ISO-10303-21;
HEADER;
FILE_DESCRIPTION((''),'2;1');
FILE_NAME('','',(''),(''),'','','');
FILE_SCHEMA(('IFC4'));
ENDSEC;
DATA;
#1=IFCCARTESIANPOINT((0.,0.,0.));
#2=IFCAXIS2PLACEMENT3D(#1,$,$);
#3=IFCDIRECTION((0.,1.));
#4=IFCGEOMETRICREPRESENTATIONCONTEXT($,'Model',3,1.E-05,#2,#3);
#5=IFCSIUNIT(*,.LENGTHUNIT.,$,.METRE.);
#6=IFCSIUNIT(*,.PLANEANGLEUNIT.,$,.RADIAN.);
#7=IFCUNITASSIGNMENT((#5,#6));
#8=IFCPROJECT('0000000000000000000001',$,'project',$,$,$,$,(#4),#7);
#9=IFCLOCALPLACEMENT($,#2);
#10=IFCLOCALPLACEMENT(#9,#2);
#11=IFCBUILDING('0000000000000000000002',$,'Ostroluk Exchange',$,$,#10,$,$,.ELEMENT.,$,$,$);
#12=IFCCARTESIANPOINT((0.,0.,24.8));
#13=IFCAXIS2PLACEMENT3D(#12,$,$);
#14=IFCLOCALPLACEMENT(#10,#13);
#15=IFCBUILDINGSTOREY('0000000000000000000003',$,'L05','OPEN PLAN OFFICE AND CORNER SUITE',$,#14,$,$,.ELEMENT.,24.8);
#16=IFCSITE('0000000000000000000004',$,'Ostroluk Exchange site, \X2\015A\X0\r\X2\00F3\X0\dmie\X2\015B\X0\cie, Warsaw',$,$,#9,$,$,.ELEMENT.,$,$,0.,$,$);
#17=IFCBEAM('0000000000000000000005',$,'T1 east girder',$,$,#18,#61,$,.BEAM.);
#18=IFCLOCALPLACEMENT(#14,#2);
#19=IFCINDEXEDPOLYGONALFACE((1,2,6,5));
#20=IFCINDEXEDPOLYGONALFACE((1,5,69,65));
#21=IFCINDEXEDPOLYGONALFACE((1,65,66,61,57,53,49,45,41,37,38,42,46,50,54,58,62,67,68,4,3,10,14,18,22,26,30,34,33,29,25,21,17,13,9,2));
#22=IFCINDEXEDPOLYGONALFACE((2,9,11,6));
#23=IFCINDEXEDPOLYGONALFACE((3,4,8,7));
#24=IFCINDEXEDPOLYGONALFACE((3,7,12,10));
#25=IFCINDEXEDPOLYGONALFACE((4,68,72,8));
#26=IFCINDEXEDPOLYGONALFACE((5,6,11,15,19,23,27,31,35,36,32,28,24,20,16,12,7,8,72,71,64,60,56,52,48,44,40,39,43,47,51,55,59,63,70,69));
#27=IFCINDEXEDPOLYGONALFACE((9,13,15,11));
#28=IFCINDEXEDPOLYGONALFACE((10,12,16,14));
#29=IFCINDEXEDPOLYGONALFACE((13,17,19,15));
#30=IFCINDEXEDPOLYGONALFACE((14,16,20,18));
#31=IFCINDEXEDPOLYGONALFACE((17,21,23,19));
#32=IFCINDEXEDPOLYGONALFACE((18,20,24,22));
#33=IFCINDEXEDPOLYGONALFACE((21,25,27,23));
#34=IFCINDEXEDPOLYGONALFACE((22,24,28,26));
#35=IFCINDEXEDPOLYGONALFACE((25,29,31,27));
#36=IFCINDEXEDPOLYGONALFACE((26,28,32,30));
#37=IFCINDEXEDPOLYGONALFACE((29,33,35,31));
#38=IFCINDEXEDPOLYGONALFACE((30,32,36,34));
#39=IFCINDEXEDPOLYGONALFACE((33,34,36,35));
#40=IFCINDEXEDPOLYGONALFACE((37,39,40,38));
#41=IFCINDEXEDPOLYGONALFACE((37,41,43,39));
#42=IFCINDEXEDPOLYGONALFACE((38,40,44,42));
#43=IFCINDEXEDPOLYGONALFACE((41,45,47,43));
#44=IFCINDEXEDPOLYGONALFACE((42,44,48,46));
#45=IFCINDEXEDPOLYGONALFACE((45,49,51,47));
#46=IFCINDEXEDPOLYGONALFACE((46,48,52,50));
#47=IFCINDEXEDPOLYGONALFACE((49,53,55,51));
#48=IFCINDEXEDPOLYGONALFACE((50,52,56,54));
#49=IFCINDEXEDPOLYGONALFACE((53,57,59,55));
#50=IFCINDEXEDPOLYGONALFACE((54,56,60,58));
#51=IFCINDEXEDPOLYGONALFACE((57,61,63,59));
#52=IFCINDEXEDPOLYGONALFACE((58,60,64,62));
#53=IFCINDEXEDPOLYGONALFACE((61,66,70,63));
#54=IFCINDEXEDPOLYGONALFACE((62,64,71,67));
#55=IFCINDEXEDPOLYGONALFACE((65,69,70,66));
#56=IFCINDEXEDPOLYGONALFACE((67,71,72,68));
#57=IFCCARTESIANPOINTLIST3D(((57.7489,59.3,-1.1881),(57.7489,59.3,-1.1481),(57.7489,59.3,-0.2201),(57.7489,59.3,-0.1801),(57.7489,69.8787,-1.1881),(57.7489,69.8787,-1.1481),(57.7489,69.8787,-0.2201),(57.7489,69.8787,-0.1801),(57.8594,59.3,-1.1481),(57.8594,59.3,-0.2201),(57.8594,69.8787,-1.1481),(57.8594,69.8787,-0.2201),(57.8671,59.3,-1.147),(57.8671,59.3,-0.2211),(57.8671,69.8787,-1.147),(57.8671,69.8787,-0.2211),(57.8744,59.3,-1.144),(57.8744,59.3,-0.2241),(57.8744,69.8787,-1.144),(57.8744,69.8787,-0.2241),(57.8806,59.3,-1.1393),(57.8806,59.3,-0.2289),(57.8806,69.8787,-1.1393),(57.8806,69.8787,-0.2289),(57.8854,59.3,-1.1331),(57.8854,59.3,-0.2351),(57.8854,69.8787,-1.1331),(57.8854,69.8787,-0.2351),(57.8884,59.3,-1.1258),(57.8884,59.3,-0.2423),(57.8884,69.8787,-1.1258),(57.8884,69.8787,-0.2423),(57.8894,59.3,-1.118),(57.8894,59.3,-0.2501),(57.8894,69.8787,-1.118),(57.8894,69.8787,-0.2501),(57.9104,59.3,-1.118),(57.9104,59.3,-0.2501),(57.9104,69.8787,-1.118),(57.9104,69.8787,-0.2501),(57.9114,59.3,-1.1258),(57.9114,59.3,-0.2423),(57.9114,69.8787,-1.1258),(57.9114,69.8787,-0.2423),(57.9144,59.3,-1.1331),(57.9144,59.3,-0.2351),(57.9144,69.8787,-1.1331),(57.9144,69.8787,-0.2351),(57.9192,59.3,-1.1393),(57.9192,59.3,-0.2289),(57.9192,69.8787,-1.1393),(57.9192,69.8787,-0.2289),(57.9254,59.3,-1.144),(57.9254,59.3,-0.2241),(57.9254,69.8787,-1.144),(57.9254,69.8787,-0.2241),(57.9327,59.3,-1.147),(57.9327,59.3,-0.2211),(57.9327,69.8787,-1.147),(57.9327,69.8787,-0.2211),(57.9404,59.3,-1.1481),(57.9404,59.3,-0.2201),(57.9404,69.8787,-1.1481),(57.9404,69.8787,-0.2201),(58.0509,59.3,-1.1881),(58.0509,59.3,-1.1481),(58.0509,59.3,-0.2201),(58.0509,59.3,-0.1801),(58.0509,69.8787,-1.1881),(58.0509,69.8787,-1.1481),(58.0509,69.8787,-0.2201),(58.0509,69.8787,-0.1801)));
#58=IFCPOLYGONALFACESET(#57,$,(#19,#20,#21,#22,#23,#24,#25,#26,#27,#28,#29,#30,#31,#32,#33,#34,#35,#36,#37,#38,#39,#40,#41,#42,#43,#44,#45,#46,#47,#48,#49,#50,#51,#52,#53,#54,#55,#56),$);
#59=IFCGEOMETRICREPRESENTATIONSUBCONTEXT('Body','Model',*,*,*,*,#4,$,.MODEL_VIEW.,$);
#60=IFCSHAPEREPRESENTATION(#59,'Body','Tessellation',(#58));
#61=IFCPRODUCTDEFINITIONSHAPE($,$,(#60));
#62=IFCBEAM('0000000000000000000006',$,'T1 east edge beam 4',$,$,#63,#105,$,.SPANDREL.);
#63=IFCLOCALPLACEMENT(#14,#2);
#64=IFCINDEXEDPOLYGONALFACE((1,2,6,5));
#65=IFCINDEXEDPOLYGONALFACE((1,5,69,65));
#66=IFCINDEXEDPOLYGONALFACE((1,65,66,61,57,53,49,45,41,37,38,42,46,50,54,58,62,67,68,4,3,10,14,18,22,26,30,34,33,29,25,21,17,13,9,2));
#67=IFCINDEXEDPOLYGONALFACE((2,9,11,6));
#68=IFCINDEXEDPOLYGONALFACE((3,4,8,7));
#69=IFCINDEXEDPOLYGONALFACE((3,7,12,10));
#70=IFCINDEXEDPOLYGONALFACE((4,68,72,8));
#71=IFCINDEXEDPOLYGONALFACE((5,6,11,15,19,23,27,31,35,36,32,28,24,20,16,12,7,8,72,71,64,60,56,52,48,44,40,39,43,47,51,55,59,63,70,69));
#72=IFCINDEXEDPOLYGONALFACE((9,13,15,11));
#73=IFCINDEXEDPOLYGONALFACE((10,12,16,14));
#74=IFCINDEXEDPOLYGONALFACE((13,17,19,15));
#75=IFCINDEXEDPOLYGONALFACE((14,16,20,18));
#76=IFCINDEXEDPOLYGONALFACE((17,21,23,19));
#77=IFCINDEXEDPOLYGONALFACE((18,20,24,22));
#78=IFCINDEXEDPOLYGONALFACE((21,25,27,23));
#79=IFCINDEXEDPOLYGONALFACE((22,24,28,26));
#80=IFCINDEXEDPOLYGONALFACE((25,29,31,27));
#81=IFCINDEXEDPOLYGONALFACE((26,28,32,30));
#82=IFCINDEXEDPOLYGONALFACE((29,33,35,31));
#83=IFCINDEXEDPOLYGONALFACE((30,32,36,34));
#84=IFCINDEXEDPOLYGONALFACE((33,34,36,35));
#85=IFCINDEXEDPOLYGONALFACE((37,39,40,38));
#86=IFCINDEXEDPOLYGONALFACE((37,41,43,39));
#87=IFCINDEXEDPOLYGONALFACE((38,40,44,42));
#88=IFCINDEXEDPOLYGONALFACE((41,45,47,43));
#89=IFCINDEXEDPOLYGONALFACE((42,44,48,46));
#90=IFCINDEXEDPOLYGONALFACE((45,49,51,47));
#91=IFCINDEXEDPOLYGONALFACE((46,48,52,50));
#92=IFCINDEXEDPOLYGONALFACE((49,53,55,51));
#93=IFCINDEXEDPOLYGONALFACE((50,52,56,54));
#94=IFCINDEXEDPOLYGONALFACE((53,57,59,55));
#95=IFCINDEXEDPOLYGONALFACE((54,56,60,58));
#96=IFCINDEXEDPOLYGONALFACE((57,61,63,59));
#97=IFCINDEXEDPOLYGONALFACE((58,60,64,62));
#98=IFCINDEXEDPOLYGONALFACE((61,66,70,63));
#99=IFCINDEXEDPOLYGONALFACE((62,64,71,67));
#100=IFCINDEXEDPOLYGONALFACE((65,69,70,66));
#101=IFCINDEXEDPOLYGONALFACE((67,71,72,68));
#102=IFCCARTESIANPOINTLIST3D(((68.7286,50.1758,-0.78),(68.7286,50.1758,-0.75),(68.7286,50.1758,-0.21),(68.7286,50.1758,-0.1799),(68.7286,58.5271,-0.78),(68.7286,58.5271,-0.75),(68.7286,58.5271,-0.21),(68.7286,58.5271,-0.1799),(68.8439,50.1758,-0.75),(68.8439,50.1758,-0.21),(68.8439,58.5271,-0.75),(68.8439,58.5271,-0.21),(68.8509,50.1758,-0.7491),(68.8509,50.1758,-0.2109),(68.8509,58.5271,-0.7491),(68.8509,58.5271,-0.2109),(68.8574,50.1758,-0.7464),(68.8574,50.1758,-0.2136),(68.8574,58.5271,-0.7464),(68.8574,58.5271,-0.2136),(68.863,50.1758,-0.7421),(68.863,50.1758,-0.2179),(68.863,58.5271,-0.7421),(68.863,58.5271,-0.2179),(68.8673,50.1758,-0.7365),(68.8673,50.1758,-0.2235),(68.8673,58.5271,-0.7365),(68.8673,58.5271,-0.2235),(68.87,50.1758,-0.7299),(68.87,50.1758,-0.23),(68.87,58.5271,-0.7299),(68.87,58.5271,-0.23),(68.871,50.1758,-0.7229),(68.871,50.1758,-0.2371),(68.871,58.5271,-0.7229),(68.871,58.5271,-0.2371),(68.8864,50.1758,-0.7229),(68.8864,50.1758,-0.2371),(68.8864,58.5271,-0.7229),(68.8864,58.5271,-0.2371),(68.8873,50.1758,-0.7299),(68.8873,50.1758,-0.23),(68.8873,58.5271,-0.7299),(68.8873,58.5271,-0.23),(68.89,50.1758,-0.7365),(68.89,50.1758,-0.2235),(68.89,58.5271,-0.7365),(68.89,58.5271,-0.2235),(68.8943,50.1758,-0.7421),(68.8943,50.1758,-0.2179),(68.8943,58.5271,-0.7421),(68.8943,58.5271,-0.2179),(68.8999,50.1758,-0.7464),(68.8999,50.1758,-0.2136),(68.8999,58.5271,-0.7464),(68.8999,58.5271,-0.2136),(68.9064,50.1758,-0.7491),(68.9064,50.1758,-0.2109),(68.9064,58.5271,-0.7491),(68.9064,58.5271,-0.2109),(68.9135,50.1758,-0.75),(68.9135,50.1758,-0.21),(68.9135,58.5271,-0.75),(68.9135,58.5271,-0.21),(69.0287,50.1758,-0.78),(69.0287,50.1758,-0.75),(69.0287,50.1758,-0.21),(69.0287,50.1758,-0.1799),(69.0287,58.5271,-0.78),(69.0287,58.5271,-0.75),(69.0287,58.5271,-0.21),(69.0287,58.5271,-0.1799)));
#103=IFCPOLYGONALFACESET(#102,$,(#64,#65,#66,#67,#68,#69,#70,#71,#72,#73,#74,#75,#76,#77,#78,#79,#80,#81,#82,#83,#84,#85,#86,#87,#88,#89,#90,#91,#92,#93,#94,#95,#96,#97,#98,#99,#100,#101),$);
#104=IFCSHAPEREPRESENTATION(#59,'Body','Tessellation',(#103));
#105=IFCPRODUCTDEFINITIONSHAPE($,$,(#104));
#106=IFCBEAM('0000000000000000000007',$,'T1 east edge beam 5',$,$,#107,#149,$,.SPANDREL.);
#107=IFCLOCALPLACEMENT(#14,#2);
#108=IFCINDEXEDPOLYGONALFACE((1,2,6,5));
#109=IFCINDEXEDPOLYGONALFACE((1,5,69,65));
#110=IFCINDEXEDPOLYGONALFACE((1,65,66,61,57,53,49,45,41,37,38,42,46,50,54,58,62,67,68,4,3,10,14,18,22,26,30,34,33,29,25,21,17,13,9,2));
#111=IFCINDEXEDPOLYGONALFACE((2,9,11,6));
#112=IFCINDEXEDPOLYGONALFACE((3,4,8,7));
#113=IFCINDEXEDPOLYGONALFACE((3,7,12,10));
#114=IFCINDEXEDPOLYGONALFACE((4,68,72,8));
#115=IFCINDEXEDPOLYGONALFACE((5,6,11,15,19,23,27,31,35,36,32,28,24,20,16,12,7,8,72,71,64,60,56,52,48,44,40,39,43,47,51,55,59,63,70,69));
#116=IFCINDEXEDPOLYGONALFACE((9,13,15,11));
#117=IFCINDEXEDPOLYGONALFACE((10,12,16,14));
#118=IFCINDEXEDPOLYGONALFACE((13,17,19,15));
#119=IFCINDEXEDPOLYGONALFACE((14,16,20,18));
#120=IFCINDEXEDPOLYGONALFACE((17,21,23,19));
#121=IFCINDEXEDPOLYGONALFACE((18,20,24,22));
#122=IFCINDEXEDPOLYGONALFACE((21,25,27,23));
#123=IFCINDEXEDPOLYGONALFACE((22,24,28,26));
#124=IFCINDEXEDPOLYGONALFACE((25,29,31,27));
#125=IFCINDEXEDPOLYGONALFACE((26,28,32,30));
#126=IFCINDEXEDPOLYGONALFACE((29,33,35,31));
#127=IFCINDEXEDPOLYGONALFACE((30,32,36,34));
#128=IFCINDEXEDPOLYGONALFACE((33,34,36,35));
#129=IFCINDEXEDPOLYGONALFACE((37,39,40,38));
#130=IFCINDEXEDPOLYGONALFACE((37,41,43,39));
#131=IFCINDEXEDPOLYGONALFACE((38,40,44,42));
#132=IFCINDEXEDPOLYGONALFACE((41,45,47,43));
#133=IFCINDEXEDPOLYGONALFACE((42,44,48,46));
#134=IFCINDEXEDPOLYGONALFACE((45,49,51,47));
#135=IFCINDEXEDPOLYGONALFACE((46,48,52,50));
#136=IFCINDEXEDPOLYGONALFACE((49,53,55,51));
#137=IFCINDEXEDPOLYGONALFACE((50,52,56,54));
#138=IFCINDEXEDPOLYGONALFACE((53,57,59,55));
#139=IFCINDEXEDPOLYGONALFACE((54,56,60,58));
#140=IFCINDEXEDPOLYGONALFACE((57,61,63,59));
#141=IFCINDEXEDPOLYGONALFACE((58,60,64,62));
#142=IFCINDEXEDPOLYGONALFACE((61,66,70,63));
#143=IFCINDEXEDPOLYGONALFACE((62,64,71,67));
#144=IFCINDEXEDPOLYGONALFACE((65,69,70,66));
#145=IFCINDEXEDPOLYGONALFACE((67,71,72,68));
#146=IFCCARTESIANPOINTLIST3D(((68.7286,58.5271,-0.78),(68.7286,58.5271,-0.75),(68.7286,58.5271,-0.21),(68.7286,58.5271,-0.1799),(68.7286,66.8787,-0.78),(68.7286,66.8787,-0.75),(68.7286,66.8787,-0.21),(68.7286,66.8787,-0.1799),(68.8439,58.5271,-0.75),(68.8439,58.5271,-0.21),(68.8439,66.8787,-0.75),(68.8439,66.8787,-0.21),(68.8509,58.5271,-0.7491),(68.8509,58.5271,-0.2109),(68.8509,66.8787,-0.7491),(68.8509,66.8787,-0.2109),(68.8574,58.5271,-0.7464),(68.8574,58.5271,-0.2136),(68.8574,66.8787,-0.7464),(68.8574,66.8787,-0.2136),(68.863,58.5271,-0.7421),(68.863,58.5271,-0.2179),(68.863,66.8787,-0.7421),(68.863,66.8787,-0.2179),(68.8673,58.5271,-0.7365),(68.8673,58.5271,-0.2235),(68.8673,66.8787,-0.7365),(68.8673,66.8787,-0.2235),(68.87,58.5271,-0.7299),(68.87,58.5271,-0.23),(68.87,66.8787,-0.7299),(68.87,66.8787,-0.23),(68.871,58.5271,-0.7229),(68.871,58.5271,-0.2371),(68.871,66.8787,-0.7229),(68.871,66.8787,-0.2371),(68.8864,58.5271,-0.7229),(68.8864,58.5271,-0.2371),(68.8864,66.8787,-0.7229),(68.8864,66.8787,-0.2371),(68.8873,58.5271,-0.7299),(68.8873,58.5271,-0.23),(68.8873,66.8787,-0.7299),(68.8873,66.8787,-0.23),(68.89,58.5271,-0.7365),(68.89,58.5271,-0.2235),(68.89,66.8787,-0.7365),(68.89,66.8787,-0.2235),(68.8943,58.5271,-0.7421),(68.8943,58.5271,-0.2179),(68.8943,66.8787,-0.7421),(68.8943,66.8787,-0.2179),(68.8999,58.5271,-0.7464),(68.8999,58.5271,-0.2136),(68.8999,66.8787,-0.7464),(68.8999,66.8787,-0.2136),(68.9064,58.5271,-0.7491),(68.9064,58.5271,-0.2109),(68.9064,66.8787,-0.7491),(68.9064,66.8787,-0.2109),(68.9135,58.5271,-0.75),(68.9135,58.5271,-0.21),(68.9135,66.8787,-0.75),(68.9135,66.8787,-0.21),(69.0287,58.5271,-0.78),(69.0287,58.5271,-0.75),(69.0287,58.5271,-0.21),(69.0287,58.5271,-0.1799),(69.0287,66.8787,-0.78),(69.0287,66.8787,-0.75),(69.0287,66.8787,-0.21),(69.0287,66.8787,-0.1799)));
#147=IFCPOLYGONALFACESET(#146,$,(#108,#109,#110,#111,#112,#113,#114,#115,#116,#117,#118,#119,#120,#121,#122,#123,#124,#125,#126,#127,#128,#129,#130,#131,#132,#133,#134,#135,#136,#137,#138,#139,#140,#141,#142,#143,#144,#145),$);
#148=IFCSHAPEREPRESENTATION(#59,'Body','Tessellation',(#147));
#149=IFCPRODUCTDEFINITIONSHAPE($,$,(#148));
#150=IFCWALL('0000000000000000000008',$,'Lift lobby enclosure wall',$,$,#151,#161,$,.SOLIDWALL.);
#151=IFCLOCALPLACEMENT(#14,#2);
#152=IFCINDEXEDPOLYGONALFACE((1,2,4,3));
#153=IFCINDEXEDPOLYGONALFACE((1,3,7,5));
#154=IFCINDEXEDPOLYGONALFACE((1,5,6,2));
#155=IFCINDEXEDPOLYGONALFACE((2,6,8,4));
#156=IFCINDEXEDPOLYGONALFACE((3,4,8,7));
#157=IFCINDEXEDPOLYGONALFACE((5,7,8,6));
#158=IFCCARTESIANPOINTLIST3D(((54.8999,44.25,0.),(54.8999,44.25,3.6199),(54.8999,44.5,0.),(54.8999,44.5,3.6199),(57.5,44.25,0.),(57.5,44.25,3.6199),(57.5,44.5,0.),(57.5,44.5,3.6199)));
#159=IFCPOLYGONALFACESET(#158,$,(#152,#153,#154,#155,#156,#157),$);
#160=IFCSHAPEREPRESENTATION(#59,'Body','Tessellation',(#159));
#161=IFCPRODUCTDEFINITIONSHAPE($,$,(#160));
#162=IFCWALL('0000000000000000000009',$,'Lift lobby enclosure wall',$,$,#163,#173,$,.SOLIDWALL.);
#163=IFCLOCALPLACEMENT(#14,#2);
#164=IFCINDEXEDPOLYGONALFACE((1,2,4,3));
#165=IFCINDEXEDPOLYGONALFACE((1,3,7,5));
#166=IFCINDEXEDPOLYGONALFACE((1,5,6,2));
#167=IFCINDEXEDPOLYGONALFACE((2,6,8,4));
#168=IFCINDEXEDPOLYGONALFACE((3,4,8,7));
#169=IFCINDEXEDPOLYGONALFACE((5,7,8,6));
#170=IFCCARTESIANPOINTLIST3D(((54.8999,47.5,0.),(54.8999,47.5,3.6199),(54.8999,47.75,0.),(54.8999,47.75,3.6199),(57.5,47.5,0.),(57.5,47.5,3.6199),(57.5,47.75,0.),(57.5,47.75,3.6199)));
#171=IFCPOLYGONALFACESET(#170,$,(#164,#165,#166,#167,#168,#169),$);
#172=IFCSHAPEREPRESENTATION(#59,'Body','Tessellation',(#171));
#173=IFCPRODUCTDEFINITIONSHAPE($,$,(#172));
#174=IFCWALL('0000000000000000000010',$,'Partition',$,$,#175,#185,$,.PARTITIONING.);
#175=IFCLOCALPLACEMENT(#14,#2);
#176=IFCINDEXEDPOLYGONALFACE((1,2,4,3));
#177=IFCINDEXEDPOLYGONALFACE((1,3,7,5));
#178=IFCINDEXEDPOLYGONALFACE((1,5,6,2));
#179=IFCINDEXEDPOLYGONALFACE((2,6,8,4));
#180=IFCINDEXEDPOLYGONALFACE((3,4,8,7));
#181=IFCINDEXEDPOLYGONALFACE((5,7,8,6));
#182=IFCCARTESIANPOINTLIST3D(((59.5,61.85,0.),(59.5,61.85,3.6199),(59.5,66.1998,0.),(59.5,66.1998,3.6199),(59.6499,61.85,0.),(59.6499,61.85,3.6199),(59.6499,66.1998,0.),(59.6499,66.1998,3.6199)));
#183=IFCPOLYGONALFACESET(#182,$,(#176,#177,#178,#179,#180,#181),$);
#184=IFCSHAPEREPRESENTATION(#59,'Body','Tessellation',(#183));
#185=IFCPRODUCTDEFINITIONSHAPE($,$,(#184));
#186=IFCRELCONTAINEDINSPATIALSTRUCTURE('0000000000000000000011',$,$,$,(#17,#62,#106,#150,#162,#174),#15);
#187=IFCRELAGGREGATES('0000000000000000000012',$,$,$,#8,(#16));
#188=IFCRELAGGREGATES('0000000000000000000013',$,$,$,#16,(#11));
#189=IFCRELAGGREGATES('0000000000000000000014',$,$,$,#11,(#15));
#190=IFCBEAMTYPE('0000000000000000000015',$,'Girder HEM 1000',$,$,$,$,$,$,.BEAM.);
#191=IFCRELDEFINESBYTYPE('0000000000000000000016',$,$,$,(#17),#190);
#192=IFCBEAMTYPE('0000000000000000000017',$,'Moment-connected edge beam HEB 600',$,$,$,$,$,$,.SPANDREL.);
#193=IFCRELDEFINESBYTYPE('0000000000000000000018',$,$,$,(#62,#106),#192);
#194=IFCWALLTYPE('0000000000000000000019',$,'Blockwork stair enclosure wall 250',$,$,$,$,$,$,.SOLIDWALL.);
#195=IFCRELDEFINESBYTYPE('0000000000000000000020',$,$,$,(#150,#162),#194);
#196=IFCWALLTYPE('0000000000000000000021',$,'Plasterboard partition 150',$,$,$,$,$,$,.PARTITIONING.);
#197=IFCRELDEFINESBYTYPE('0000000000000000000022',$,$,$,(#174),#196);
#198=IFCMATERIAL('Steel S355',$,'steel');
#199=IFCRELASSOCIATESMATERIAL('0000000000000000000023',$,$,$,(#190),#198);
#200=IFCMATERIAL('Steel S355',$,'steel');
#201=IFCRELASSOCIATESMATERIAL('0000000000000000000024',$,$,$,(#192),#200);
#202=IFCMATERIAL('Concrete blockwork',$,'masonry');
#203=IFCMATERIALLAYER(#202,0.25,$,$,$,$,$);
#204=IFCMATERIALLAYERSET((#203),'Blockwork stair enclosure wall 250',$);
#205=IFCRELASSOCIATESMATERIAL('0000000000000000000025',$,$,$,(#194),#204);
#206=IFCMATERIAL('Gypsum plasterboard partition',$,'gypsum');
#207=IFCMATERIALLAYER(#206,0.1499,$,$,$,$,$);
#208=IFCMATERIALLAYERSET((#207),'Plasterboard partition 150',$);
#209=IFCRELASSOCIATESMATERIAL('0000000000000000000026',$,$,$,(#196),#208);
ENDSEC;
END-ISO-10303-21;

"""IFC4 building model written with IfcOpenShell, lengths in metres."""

from ifc_helpers import new_model, si_unit, direction, frame, frame_2d, origin, origin_2d, place, context, subcontext, project, spatial, rectangle, i_section, extrude, material, layer, layer_set, material_profile, profile_set, type_object, element, save


model = new_model("IFC4")

# Units and contexts
model_context = context("Model", 3, precision=1e-05, world=origin(), true_north=direction((0.0, 1.0)))
body_context = subcontext(model_context, "Body", "Model", "MODEL_VIEW")
ifc_project = project(units=[si_unit("LENGTHUNIT", "METRE"), si_unit("PLANEANGLEUNIT", "RADIAN")], contexts=[model_context])

# Site, building, storey
site_placement = place(None, origin())
site = spatial("IfcSite", under=ifc_project, at=site_placement, Name="Ostroluk Exchange site, Śródmieście, Warsaw", CompositionType="ELEMENT", RefElevation=0.0)
building_placement = place(site_placement, origin())
building = spatial("IfcBuilding", under=site, at=building_placement, Name="Ostroluk Exchange", CompositionType="ELEMENT")
storey_placement = place(building_placement, frame((0.0, 0.0, 24.8)))
storey = spatial("IfcBuildingStorey", under=building, at=storey_placement, Name="L05", Description="OPEN PLAN OFFICE AND CORNER SUITE", CompositionType="ELEMENT", Elevation=24.8)

# Beams
ifc_material_1 = material(Name="Steel S355", Category="steel")
ifc_material_profile_1 = material_profile(ifc_material_1, i_section(OverallWidth=0.302, OverallDepth=1.0081, WebThickness=0.021, FlangeThickness=0.04, FilletRadius=0.03, at=origin_2d()), Name="HEM 1000")
ifc_profile_set_1 = profile_set([ifc_material_profile_1], Name="Steel S355")
beam_type_1 = type_object("IfcBeamType", Name="Girder HEM 1000", PredefinedType="BEAM", material=ifc_profile_set_1)
beam_1_placement = place(storey_placement, frame((57.8999, 59.3, -0.6841), z_axis=(0.0, 1.0, 0.0), x_axis=(-1.0, 0.0, 0.0)))
element("IfcBeam", 1, at=beam_1_placement, inside=storey, type_object=beam_type_1, Name="T1 east girder", PredefinedType="BEAM", context=body_context, shape_type="SweptSolid", body=[
    extrude(i_section(OverallWidth=0.302, OverallDepth=1.0081, WebThickness=0.021, FlangeThickness=0.04, FilletRadius=0.03, at=origin_2d()), origin(), (0.0, 0.0, 1.0), 10.5786),
])
ifc_material_2 = material(Name="Steel S355", Category="steel")
ifc_material_profile_2 = material_profile(ifc_material_2, i_section(OverallWidth=0.3, OverallDepth=0.6001, WebThickness=0.0154, FlangeThickness=0.03, FilletRadius=0.0271, at=origin_2d()), Name="HEB 600")
ifc_profile_set_2 = profile_set([ifc_material_profile_2], Name="Steel S355")
beam_type_2 = type_object("IfcBeamType", Name="Moment-connected edge beam HEB 600", PredefinedType="SPANDREL", material=ifc_profile_set_2)
beam_2_placement = place(storey_placement, frame((68.8787, 50.1758, -0.48), z_axis=(0.0, 1.0, 0.0), x_axis=(-1.0, 0.0, 0.0)))
element("IfcBeam", 2, at=beam_2_placement, inside=storey, type_object=beam_type_2, Name="T1 east edge beam 4", PredefinedType="SPANDREL", context=body_context, shape_type="SweptSolid", body=[
    extrude(i_section(OverallWidth=0.3, OverallDepth=0.6001, WebThickness=0.0154, FlangeThickness=0.03, FilletRadius=0.0271, at=origin_2d()), origin(), (0.0, 0.0, 1.0), 8.3513),
])
beam_3_placement = place(storey_placement, frame((68.8787, 58.5271, -0.48), z_axis=(0.0, 1.0, 0.0), x_axis=(-1.0, 0.0, 0.0)))
element("IfcBeam", 3, at=beam_3_placement, inside=storey, type_object=beam_type_2, Name="T1 east edge beam 5", PredefinedType="SPANDREL", context=body_context, shape_type="SweptSolid", body=[
    extrude(i_section(OverallWidth=0.3, OverallDepth=0.6001, WebThickness=0.0154, FlangeThickness=0.03, FilletRadius=0.0271, at=origin_2d()), origin(), (0.0, 0.0, 1.0), 8.3516),
])

# Walls
ifc_material_3 = material(Name="Concrete blockwork", Category="masonry")
ifc_layer_1 = layer(ifc_material_3, 0.25)
ifc_layer_set_1 = layer_set([ifc_layer_1], Name="Blockwork stair enclosure wall 250")
wall_type_1 = type_object("IfcWallType", Name="Blockwork stair enclosure wall 250", PredefinedType="SOLIDWALL", material=ifc_layer_set_1)
for number, where, z_axis, x_axis, name in (
    (4, (54.8999, 44.375, 0.0), (0.0, 0.0, 1.0), (1.0, 0.0, 0.0), "Lift lobby enclosure wall"),
    (5, (54.8999, 47.625, 0.0), (0.0, 0.0, 1.0), (1.0, 0.0, 0.0), "Lift lobby enclosure wall"),
):
    element("IfcWall", number, at=place(storey_placement, frame(where, z_axis=z_axis, x_axis=x_axis)), inside=storey, type_object=wall_type_1, Name=name, PredefinedType="SOLIDWALL", context=body_context, shape_type="SweptSolid", body=[
        extrude(rectangle(XDim=2.6001, YDim=0.25, at=frame_2d((1.3, 0.0))), origin(), (0.0, 0.0, 1.0), 3.6199),
    ])
ifc_material_4 = material(Name="Gypsum plasterboard partition", Category="gypsum")
ifc_layer_2 = layer(ifc_material_4, 0.1499)
ifc_layer_set_2 = layer_set([ifc_layer_2], Name="Plasterboard partition 150")
wall_type_2 = type_object("IfcWallType", Name="Plasterboard partition 150", PredefinedType="PARTITIONING", material=ifc_layer_set_2)
wall_1_placement = place(storey_placement, frame((59.575, 61.8501, 0.0), z_axis=(0.0, 0.0, 1.0), x_axis=(0.0, 1.0, 0.0)))
element("IfcWall", 6, at=wall_1_placement, inside=storey, type_object=wall_type_2, Name="Partition", PredefinedType="PARTITIONING", context=body_context, shape_type="SweptSolid", body=[
    extrude(rectangle(XDim=4.3499, YDim=0.1499, at=frame_2d((2.1748, 0.0))), origin(), (0.0, 0.0, 1.0), 3.6199),
])

save(model, "model.ifc")
